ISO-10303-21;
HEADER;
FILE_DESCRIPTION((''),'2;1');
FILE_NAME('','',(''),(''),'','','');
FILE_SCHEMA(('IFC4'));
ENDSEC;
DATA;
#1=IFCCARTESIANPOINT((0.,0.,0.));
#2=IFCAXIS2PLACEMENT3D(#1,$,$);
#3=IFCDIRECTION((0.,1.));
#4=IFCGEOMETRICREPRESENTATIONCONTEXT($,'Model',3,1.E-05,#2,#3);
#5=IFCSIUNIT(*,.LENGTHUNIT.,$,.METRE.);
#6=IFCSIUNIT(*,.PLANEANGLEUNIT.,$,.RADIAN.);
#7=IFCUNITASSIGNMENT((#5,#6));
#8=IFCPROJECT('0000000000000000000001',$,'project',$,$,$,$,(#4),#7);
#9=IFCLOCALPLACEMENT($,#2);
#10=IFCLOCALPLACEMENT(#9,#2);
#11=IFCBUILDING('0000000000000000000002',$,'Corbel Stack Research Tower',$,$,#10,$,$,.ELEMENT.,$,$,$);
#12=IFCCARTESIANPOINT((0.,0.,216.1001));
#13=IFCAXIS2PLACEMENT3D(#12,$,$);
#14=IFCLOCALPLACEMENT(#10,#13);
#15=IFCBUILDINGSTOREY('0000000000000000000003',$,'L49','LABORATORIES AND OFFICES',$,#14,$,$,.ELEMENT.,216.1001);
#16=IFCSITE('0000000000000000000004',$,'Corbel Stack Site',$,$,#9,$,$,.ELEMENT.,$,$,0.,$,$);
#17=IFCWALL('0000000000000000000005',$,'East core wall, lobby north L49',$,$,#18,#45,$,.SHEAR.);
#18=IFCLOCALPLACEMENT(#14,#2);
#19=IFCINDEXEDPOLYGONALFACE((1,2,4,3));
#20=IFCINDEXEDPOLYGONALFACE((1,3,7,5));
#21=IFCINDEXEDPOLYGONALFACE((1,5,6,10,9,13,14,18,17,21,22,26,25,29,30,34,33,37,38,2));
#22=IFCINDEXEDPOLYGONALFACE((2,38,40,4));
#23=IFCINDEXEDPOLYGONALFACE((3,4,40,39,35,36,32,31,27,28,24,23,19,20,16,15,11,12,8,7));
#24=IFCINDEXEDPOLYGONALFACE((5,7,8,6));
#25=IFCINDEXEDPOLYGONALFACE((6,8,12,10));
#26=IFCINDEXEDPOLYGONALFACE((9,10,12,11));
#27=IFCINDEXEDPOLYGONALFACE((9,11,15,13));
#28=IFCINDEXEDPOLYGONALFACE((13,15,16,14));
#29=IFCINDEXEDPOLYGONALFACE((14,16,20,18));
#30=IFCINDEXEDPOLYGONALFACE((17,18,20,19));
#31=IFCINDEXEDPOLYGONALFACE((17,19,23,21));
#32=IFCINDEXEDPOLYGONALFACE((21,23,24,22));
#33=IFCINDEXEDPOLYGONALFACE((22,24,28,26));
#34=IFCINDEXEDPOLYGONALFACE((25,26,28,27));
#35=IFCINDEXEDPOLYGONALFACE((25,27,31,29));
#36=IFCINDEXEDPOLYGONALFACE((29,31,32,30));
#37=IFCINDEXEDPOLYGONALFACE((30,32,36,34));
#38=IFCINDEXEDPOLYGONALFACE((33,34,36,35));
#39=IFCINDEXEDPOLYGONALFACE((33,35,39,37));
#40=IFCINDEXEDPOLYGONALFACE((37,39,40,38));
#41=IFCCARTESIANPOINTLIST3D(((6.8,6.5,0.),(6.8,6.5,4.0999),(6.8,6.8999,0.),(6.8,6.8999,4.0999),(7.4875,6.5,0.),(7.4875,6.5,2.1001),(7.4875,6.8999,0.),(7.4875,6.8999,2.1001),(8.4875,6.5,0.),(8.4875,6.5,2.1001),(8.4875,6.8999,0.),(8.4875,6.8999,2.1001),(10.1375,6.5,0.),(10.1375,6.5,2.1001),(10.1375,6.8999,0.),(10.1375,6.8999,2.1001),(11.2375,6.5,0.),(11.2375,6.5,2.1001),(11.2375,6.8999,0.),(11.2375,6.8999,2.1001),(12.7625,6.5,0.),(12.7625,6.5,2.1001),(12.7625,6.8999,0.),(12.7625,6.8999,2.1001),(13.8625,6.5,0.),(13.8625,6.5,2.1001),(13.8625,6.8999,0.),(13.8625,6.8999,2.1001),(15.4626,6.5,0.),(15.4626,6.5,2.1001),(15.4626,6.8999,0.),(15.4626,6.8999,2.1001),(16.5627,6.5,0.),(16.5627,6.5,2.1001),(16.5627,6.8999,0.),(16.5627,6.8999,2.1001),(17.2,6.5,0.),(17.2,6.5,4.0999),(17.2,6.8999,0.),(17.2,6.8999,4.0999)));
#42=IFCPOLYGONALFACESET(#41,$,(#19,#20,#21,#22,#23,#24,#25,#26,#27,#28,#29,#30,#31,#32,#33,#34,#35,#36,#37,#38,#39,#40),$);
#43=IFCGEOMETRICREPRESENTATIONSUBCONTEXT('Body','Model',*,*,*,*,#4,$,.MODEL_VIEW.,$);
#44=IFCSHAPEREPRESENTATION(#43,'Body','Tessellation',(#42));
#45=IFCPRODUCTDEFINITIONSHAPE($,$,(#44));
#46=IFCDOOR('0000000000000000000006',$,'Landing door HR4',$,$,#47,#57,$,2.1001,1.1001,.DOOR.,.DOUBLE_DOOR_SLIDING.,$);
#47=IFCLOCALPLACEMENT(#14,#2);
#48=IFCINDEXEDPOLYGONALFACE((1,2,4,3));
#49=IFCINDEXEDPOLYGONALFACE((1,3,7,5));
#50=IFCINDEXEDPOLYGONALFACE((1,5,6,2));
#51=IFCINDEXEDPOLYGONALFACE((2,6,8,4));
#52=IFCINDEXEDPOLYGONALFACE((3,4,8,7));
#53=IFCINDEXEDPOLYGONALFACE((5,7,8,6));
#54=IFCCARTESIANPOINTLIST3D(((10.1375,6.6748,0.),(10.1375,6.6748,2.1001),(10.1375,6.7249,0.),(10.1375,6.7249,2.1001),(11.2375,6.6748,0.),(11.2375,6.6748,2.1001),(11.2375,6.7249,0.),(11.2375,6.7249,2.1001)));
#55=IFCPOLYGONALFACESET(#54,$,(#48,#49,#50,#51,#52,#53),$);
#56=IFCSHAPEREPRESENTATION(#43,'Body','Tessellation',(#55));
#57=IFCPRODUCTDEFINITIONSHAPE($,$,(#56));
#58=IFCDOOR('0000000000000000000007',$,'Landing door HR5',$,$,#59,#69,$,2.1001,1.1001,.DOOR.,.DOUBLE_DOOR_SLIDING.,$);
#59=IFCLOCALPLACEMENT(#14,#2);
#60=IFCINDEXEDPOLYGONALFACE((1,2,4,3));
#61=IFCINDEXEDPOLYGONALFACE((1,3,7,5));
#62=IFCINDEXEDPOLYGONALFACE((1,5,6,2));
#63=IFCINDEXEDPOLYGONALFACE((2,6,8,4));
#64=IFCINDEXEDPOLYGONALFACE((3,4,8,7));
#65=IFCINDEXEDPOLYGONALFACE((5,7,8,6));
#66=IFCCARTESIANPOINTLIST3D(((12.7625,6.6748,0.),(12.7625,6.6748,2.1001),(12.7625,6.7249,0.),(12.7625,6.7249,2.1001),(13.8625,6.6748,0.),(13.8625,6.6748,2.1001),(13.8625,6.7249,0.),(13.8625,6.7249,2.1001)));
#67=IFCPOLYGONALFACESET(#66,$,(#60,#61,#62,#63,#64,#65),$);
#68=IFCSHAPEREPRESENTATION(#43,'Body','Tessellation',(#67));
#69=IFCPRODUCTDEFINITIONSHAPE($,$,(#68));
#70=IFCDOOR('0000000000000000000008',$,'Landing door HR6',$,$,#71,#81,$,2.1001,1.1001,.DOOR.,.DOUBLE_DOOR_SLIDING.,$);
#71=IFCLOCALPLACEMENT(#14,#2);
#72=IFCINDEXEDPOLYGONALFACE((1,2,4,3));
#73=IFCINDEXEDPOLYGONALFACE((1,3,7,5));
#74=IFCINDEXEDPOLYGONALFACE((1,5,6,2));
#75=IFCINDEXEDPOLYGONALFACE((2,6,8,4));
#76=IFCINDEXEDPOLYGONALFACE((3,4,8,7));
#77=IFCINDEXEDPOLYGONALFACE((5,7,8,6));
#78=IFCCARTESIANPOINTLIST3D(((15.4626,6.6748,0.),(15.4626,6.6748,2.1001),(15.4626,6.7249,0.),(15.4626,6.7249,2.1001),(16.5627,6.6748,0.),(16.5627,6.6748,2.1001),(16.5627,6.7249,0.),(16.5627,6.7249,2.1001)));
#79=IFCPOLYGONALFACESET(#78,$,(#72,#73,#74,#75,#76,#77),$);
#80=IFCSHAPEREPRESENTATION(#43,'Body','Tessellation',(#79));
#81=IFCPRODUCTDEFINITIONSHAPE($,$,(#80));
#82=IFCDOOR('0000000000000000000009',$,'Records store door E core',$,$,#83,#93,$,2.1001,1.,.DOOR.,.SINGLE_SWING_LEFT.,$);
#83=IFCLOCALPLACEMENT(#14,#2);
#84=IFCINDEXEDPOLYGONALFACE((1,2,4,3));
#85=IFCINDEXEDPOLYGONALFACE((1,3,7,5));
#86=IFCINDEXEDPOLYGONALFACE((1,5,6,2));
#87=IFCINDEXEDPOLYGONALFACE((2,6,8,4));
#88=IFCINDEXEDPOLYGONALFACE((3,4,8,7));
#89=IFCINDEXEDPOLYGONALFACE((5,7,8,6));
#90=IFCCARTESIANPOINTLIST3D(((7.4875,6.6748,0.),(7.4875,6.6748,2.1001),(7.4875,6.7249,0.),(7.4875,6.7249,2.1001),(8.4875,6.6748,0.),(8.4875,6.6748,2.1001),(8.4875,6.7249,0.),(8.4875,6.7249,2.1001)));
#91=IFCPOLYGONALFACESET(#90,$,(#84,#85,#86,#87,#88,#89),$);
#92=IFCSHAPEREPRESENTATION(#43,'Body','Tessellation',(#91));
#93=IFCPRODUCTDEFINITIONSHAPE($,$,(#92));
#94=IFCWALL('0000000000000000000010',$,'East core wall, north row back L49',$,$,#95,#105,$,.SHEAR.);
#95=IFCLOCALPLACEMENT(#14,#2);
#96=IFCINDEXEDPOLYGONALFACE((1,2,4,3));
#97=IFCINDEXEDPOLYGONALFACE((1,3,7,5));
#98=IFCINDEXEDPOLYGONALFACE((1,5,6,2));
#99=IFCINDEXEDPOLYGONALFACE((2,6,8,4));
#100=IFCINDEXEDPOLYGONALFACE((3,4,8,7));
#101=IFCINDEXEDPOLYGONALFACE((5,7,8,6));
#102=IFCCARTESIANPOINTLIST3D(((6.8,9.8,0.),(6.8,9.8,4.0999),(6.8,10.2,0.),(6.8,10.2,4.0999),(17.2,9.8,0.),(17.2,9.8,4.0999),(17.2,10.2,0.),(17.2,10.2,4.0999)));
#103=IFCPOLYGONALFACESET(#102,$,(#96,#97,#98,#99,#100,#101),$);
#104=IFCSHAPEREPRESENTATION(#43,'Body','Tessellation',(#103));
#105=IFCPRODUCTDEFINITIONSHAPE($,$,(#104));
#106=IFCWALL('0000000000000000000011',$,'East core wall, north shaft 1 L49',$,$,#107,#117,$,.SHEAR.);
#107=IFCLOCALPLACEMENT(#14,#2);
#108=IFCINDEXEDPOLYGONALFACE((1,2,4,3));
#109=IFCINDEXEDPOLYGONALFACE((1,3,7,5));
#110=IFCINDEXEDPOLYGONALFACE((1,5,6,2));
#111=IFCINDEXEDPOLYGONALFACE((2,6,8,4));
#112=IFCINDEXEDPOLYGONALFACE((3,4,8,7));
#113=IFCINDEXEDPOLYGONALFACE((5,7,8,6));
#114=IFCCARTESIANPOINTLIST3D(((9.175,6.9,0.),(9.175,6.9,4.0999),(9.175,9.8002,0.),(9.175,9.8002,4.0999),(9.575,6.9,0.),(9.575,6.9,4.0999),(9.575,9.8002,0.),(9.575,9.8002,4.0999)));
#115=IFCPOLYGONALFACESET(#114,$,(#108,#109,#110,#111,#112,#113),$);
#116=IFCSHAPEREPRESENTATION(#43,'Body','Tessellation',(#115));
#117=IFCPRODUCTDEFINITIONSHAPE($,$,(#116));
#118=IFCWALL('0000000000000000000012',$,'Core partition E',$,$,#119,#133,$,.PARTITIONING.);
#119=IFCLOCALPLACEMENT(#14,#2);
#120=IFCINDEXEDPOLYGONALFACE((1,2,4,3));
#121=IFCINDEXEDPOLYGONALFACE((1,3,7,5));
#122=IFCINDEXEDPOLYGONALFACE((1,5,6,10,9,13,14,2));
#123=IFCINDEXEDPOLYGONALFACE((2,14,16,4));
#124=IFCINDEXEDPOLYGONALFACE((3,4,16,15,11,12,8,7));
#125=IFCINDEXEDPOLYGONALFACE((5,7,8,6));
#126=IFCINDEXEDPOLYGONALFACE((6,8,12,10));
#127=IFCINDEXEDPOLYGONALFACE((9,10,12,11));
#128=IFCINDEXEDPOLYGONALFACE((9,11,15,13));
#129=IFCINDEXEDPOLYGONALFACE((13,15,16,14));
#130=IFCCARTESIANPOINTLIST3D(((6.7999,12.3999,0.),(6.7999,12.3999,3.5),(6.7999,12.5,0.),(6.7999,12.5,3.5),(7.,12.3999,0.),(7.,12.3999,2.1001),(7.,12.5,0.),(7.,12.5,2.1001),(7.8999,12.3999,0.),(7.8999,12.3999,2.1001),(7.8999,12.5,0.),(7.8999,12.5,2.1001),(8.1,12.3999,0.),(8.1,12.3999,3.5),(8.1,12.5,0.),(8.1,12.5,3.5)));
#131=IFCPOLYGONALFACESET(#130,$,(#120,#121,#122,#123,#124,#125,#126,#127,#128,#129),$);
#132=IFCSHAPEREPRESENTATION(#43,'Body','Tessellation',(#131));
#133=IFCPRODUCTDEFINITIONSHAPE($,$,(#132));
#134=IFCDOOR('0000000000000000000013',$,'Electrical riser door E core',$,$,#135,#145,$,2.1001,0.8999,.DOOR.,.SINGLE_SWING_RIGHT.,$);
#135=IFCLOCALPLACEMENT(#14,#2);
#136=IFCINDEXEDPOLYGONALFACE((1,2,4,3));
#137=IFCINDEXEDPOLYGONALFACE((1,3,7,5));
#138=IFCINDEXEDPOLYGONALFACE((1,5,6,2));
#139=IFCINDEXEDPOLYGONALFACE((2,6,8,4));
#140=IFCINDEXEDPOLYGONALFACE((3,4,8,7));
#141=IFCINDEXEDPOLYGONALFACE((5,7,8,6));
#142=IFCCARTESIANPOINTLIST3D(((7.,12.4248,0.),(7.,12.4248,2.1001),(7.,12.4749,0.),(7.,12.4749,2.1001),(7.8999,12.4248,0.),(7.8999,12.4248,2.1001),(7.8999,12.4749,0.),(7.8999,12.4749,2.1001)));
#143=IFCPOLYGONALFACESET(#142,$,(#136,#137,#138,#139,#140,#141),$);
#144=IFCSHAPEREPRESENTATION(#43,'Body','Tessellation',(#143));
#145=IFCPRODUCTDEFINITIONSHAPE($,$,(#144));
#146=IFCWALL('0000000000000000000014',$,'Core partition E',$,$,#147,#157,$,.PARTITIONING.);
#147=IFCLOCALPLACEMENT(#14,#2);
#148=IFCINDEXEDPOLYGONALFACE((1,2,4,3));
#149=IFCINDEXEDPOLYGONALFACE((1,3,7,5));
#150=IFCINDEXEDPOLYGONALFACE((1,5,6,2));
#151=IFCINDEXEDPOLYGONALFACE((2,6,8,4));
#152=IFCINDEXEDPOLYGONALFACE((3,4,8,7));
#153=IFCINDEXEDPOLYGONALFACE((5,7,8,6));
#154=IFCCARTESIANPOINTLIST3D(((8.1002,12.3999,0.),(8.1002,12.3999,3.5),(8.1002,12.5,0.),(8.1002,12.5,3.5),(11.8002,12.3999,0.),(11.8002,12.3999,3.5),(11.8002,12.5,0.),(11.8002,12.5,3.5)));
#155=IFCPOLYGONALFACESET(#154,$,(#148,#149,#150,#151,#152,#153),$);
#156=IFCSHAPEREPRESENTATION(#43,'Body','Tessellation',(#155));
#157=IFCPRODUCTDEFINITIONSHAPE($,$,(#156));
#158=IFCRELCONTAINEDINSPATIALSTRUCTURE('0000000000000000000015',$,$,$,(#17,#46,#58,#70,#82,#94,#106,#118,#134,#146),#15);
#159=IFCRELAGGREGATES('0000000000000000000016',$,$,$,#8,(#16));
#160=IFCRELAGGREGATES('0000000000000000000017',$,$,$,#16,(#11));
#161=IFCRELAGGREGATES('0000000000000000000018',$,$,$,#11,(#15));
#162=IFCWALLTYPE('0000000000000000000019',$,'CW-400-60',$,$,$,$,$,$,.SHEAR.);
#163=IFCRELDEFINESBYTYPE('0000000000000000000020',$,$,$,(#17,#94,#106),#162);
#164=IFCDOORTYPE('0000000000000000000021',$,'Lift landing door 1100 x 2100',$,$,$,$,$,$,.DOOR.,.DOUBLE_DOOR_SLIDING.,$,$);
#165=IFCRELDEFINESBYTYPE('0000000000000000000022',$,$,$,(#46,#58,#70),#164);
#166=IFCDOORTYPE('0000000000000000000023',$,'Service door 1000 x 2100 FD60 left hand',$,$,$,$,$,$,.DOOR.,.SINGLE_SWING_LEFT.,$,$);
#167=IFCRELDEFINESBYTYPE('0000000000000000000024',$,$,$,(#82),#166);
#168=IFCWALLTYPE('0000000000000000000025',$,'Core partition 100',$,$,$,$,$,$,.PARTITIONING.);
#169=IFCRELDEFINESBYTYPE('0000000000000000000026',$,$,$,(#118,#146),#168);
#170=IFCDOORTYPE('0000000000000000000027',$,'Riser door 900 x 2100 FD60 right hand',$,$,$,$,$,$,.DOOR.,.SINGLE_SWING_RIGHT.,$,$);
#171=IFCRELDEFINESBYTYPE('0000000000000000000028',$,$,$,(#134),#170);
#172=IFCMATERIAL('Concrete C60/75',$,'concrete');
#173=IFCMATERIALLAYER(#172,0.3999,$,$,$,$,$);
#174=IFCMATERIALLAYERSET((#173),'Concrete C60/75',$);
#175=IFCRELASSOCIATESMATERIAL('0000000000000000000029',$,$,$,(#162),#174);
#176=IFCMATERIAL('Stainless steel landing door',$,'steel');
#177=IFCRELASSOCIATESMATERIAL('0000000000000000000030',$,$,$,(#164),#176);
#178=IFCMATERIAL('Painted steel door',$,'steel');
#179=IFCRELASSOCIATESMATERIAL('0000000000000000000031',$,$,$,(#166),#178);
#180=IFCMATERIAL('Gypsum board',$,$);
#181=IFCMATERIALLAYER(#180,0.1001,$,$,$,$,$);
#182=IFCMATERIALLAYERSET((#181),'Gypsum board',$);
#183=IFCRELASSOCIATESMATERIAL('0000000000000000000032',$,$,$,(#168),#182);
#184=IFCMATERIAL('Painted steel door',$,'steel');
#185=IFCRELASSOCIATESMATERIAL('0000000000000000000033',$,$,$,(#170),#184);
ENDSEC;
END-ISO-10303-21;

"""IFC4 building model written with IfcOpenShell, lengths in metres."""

from ifc_helpers import new_model, si_unit, direction, frame, frame_2d, origin, place, context, subcontext, project, spatial, rectangle, extrude, material, layer, layer_set, type_object, element, fill, save


model = new_model("IFC4")

# Units and contexts
model_context = context("Model", 3, precision=1e-05, world=origin(), true_north=direction((0.0, 1.0)))
body_context = subcontext(model_context, "Body", "Model", "MODEL_VIEW")
ifc_project = project(units=[si_unit("LENGTHUNIT", "METRE"), si_unit("PLANEANGLEUNIT", "RADIAN")], contexts=[model_context])

# Site, building, storey
site_placement = place(None, origin())
site = spatial("IfcSite", under=ifc_project, at=site_placement, Name="Corbel Stack Site", CompositionType="ELEMENT", RefElevation=0.0)
building_placement = place(site_placement, origin())
building = spatial("IfcBuilding", under=site, at=building_placement, Name="Corbel Stack Research Tower", CompositionType="ELEMENT")
storey_placement = place(building_placement, frame((0.0, 0.0, 216.1001)))
storey = spatial("IfcBuildingStorey", under=building, at=storey_placement, Name="L49", Description="LABORATORIES AND OFFICES", CompositionType="ELEMENT", Elevation=216.1001)

# Wall, openings, doors
ifc_material_1 = material(Name="Concrete C60/75", Category="concrete")
ifc_layer_1 = layer(ifc_material_1, 0.3999)
ifc_layer_set_1 = layer_set([ifc_layer_1], Name="Concrete C60/75")
wall_type_1 = type_object("IfcWallType", Name="CW-400-60", PredefinedType="SHEAR", material=ifc_layer_set_1)
ifc_material_2 = material(Name="Stainless steel landing door", Category="steel")
door_type_1 = type_object("IfcDoorType", Name="Lift landing door 1100 x 2100", OperationType="DOUBLE_DOOR_SLIDING", PredefinedType="DOOR", material=ifc_material_2)
ifc_material_3 = material(Name="Painted steel door", Category="steel")
door_type_2 = type_object("IfcDoorType", Name="Service door 1000 x 2100 FD60 left hand", OperationType="SINGLE_SWING_LEFT", PredefinedType="DOOR", material=ifc_material_3)
wall_1_placement = place(storey_placement, frame((6.8, 6.7, 0.0), z_axis=(0.0, 0.0, 1.0), x_axis=(1.0, 0.0, 0.0)))
wall_1 = element("IfcWall", 1, at=wall_1_placement, inside=storey, type_object=wall_type_1, Name="East core wall, lobby north L49", PredefinedType="SHEAR", context=body_context, shape_type="SweptSolid", body=[
    extrude(rectangle(XDim=10.3999, YDim=0.3999, at=frame_2d((5.2, 0.0))), origin(), (0.0, 0.0, 1.0), 4.0999),
])
opening_1_placement = place(wall_1_placement, frame((3.3374, 0.0, 0.0)))
opening_1 = element("IfcOpeningElement", 2, at=opening_1_placement, cuts=wall_1, PredefinedType="OPENING", context=body_context, shape_type="SweptSolid", body=[
    extrude(rectangle(XDim=1.1001, YDim=2.1001, at=frame_2d((0.55, 1.05))), frame((0.0, 0.21, 0.0), z_axis=(0.0, -1.0, 0.0), x_axis=(1.0, 0.0, 0.0)), (0.0, 0.0, 1.0), 0.4199),
])
opening_2_placement = place(wall_1_placement, frame((5.9624, 0.0, 0.0)))
opening_2 = element("IfcOpeningElement", 3, at=opening_2_placement, cuts=wall_1, PredefinedType="OPENING", context=body_context, shape_type="SweptSolid", body=[
    extrude(rectangle(XDim=1.1001, YDim=2.1001, at=frame_2d((0.55, 1.05))), frame((0.0, 0.21, 0.0), z_axis=(0.0, -1.0, 0.0), x_axis=(1.0, 0.0, 0.0)), (0.0, 0.0, 1.0), 0.4199),
])
opening_3_placement = place(wall_1_placement, frame((8.6626, 0.0, 0.0)))
opening_3 = element("IfcOpeningElement", 4, at=opening_3_placement, cuts=wall_1, PredefinedType="OPENING", context=body_context, shape_type="SweptSolid", body=[
    extrude(rectangle(XDim=1.1001, YDim=2.1001, at=frame_2d((0.55, 1.05))), frame((0.0, 0.21, 0.0), z_axis=(0.0, -1.0, 0.0), x_axis=(1.0, 0.0, 0.0)), (0.0, 0.0, 1.0), 0.4199),
])
opening_4_placement = place(wall_1_placement, frame((0.6875, 0.0, 0.0)))
opening_4 = element("IfcOpeningElement", 5, at=opening_4_placement, cuts=wall_1, PredefinedType="OPENING", context=body_context, shape_type="SweptSolid", body=[
    extrude(rectangle(XDim=1.0, YDim=2.1001, at=frame_2d((0.5, 1.05))), frame((0.0, 0.21, 0.0), z_axis=(0.0, -1.0, 0.0), x_axis=(1.0, 0.0, 0.0)), (0.0, 0.0, 1.0), 0.4199),
])
door_1_placement = place(opening_1_placement, origin())
door_1 = element("IfcDoor", 6, at=door_1_placement, inside=storey, type_object=door_type_1, Name="Landing door HR4", OperationType="DOUBLE_DOOR_SLIDING", OverallHeight=2.1001, OverallWidth=1.1001, PredefinedType="DOOR", context=body_context, shape_type="SweptSolid", body=[
    extrude(rectangle(XDim=1.1001, YDim=2.1001, at=frame_2d((0.55, 1.05))), frame((0.0, 0.0249, 0.0), z_axis=(0.0, -1.0, 0.0), x_axis=(1.0, 0.0, 0.0)), (0.0, 0.0, 1.0), 0.05),
])
fill(opening_1, door_1)
door_2_placement = place(opening_2_placement, origin())
door_2 = element("IfcDoor", 7, at=door_2_placement, inside=storey, type_object=door_type_1, Name="Landing door HR5", OperationType="DOUBLE_DOOR_SLIDING", OverallHeight=2.1001, OverallWidth=1.1001, PredefinedType="DOOR", context=body_context, shape_type="SweptSolid", body=[
    extrude(rectangle(XDim=1.1001, YDim=2.1001, at=frame_2d((0.55, 1.05))), frame((0.0, 0.0249, 0.0), z_axis=(0.0, -1.0, 0.0), x_axis=(1.0, 0.0, 0.0)), (0.0, 0.0, 1.0), 0.05),
])
fill(opening_2, door_2)
door_3_placement = place(opening_3_placement, origin())
door_3 = element("IfcDoor", 8, at=door_3_placement, inside=storey, type_object=door_type_1, Name="Landing door HR6", OperationType="DOUBLE_DOOR_SLIDING", OverallHeight=2.1001, OverallWidth=1.1001, PredefinedType="DOOR", context=body_context, shape_type="SweptSolid", body=[
    extrude(rectangle(XDim=1.1001, YDim=2.1001, at=frame_2d((0.55, 1.05))), frame((0.0, 0.0249, 0.0), z_axis=(0.0, -1.0, 0.0), x_axis=(1.0, 0.0, 0.0)), (0.0, 0.0, 1.0), 0.05),
])
fill(opening_3, door_3)
door_4_placement = place(opening_4_placement, origin())
door_4 = element("IfcDoor", 9, at=door_4_placement, inside=storey, type_object=door_type_2, Name="Records store door E core", OperationType="SINGLE_SWING_LEFT", OverallHeight=2.1001, OverallWidth=1.0, PredefinedType="DOOR", context=body_context, shape_type="SweptSolid", body=[
    extrude(rectangle(XDim=1.0, YDim=2.1001, at=frame_2d((0.5, 1.05))), frame((0.0, 0.0249, 0.0), z_axis=(0.0, -1.0, 0.0), x_axis=(1.0, 0.0, 0.0)), (0.0, 0.0, 1.0), 0.05),
])
fill(opening_4, door_4)

# Walls
wall_2_placement = place(storey_placement, frame((6.8, 10.0, 0.0), z_axis=(0.0, 0.0, 1.0), x_axis=(1.0, 0.0, 0.0)))
element("IfcWall", 10, at=wall_2_placement, inside=storey, type_object=wall_type_1, Name="East core wall, north row back L49", PredefinedType="SHEAR", context=body_context, shape_type="SweptSolid", body=[
    extrude(rectangle(XDim=10.3999, YDim=0.3999, at=frame_2d((5.2, 0.0))), origin(), (0.0, 0.0, 1.0), 4.0999),
])
wall_3_placement = place(storey_placement, frame((9.375, 6.8999, 0.0), z_axis=(0.0, 0.0, 1.0), x_axis=(0.0, 1.0, 0.0)))
element("IfcWall", 11, at=wall_3_placement, inside=storey, type_object=wall_type_1, Name="East core wall, north shaft 1 L49", PredefinedType="SHEAR", context=body_context, shape_type="SweptSolid", body=[
    extrude(rectangle(XDim=2.9001, YDim=0.3999, at=frame_2d((1.4502, 0.0))), origin(), (0.0, 0.0, 1.0), 4.0999),
])

# Wall, opening, door
ifc_material_4 = material(Name="Gypsum board")
ifc_layer_2 = layer(ifc_material_4, 0.1001)
ifc_layer_set_2 = layer_set([ifc_layer_2], Name="Gypsum board")
wall_type_2 = type_object("IfcWallType", Name="Core partition 100", PredefinedType="PARTITIONING", material=ifc_layer_set_2)
wall_4_placement = place(storey_placement, frame((6.8, 12.45, 0.0), z_axis=(0.0, 0.0, 1.0), x_axis=(1.0, 0.0, 0.0)))
wall_4 = element("IfcWall", 12, at=wall_4_placement, inside=storey, type_object=wall_type_2, Name="Core partition E", PredefinedType="PARTITIONING", context=body_context, shape_type="SweptSolid", body=[
    extrude(rectangle(XDim=1.3, YDim=0.1001, at=frame_2d((0.6499, 0.0))), origin(), (0.0, 0.0, 1.0), 3.5),
])
opening_5_placement = place(wall_4_placement, frame((0.2, 0.0, 0.0)))
opening_5 = element("IfcOpeningElement", 13, at=opening_5_placement, cuts=wall_4, PredefinedType="OPENING", context=body_context, shape_type="SweptSolid", body=[
    extrude(rectangle(XDim=0.8999, YDim=2.1001, at=frame_2d((0.45, 1.05))), frame((0.0, 0.0601, 0.0), z_axis=(0.0, -1.0, 0.0), x_axis=(1.0, 0.0, 0.0)), (0.0, 0.0, 1.0), 0.1201),
])
ifc_material_5 = material(Name="Painted steel door", Category="steel")
door_type_3 = type_object("IfcDoorType", Name="Riser door 900 x 2100 FD60 right hand", OperationType="SINGLE_SWING_RIGHT", PredefinedType="DOOR", material=ifc_material_5)
door_5_placement = place(opening_5_placement, origin())
door_5 = element("IfcDoor", 14, at=door_5_placement, inside=storey, type_object=door_type_3, Name="Electrical riser door E core", OperationType="SINGLE_SWING_RIGHT", OverallHeight=2.1001, OverallWidth=0.8999, PredefinedType="DOOR", context=body_context, shape_type="SweptSolid", body=[
    extrude(rectangle(XDim=0.8999, YDim=2.1001, at=frame_2d((0.45, 1.05))), frame((0.0, 0.0249, 0.0), z_axis=(0.0, -1.0, 0.0), x_axis=(1.0, 0.0, 0.0)), (0.0, 0.0, 1.0), 0.05),
])
fill(opening_5, door_5)

# Wall
wall_5_placement = place(storey_placement, frame((8.1001, 12.45, 0.0), z_axis=(0.0, 0.0, 1.0), x_axis=(1.0, 0.0, 0.0)))
element("IfcWall", 15, at=wall_5_placement, inside=storey, type_object=wall_type_2, Name="Core partition E", PredefinedType="PARTITIONING", context=body_context, shape_type="SweptSolid", body=[
    extrude(rectangle(XDim=3.7, YDim=0.1001, at=frame_2d((1.8501, 0.0))), origin(), (0.0, 0.0, 1.0), 3.5),
])

save(model, "model.ifc")
